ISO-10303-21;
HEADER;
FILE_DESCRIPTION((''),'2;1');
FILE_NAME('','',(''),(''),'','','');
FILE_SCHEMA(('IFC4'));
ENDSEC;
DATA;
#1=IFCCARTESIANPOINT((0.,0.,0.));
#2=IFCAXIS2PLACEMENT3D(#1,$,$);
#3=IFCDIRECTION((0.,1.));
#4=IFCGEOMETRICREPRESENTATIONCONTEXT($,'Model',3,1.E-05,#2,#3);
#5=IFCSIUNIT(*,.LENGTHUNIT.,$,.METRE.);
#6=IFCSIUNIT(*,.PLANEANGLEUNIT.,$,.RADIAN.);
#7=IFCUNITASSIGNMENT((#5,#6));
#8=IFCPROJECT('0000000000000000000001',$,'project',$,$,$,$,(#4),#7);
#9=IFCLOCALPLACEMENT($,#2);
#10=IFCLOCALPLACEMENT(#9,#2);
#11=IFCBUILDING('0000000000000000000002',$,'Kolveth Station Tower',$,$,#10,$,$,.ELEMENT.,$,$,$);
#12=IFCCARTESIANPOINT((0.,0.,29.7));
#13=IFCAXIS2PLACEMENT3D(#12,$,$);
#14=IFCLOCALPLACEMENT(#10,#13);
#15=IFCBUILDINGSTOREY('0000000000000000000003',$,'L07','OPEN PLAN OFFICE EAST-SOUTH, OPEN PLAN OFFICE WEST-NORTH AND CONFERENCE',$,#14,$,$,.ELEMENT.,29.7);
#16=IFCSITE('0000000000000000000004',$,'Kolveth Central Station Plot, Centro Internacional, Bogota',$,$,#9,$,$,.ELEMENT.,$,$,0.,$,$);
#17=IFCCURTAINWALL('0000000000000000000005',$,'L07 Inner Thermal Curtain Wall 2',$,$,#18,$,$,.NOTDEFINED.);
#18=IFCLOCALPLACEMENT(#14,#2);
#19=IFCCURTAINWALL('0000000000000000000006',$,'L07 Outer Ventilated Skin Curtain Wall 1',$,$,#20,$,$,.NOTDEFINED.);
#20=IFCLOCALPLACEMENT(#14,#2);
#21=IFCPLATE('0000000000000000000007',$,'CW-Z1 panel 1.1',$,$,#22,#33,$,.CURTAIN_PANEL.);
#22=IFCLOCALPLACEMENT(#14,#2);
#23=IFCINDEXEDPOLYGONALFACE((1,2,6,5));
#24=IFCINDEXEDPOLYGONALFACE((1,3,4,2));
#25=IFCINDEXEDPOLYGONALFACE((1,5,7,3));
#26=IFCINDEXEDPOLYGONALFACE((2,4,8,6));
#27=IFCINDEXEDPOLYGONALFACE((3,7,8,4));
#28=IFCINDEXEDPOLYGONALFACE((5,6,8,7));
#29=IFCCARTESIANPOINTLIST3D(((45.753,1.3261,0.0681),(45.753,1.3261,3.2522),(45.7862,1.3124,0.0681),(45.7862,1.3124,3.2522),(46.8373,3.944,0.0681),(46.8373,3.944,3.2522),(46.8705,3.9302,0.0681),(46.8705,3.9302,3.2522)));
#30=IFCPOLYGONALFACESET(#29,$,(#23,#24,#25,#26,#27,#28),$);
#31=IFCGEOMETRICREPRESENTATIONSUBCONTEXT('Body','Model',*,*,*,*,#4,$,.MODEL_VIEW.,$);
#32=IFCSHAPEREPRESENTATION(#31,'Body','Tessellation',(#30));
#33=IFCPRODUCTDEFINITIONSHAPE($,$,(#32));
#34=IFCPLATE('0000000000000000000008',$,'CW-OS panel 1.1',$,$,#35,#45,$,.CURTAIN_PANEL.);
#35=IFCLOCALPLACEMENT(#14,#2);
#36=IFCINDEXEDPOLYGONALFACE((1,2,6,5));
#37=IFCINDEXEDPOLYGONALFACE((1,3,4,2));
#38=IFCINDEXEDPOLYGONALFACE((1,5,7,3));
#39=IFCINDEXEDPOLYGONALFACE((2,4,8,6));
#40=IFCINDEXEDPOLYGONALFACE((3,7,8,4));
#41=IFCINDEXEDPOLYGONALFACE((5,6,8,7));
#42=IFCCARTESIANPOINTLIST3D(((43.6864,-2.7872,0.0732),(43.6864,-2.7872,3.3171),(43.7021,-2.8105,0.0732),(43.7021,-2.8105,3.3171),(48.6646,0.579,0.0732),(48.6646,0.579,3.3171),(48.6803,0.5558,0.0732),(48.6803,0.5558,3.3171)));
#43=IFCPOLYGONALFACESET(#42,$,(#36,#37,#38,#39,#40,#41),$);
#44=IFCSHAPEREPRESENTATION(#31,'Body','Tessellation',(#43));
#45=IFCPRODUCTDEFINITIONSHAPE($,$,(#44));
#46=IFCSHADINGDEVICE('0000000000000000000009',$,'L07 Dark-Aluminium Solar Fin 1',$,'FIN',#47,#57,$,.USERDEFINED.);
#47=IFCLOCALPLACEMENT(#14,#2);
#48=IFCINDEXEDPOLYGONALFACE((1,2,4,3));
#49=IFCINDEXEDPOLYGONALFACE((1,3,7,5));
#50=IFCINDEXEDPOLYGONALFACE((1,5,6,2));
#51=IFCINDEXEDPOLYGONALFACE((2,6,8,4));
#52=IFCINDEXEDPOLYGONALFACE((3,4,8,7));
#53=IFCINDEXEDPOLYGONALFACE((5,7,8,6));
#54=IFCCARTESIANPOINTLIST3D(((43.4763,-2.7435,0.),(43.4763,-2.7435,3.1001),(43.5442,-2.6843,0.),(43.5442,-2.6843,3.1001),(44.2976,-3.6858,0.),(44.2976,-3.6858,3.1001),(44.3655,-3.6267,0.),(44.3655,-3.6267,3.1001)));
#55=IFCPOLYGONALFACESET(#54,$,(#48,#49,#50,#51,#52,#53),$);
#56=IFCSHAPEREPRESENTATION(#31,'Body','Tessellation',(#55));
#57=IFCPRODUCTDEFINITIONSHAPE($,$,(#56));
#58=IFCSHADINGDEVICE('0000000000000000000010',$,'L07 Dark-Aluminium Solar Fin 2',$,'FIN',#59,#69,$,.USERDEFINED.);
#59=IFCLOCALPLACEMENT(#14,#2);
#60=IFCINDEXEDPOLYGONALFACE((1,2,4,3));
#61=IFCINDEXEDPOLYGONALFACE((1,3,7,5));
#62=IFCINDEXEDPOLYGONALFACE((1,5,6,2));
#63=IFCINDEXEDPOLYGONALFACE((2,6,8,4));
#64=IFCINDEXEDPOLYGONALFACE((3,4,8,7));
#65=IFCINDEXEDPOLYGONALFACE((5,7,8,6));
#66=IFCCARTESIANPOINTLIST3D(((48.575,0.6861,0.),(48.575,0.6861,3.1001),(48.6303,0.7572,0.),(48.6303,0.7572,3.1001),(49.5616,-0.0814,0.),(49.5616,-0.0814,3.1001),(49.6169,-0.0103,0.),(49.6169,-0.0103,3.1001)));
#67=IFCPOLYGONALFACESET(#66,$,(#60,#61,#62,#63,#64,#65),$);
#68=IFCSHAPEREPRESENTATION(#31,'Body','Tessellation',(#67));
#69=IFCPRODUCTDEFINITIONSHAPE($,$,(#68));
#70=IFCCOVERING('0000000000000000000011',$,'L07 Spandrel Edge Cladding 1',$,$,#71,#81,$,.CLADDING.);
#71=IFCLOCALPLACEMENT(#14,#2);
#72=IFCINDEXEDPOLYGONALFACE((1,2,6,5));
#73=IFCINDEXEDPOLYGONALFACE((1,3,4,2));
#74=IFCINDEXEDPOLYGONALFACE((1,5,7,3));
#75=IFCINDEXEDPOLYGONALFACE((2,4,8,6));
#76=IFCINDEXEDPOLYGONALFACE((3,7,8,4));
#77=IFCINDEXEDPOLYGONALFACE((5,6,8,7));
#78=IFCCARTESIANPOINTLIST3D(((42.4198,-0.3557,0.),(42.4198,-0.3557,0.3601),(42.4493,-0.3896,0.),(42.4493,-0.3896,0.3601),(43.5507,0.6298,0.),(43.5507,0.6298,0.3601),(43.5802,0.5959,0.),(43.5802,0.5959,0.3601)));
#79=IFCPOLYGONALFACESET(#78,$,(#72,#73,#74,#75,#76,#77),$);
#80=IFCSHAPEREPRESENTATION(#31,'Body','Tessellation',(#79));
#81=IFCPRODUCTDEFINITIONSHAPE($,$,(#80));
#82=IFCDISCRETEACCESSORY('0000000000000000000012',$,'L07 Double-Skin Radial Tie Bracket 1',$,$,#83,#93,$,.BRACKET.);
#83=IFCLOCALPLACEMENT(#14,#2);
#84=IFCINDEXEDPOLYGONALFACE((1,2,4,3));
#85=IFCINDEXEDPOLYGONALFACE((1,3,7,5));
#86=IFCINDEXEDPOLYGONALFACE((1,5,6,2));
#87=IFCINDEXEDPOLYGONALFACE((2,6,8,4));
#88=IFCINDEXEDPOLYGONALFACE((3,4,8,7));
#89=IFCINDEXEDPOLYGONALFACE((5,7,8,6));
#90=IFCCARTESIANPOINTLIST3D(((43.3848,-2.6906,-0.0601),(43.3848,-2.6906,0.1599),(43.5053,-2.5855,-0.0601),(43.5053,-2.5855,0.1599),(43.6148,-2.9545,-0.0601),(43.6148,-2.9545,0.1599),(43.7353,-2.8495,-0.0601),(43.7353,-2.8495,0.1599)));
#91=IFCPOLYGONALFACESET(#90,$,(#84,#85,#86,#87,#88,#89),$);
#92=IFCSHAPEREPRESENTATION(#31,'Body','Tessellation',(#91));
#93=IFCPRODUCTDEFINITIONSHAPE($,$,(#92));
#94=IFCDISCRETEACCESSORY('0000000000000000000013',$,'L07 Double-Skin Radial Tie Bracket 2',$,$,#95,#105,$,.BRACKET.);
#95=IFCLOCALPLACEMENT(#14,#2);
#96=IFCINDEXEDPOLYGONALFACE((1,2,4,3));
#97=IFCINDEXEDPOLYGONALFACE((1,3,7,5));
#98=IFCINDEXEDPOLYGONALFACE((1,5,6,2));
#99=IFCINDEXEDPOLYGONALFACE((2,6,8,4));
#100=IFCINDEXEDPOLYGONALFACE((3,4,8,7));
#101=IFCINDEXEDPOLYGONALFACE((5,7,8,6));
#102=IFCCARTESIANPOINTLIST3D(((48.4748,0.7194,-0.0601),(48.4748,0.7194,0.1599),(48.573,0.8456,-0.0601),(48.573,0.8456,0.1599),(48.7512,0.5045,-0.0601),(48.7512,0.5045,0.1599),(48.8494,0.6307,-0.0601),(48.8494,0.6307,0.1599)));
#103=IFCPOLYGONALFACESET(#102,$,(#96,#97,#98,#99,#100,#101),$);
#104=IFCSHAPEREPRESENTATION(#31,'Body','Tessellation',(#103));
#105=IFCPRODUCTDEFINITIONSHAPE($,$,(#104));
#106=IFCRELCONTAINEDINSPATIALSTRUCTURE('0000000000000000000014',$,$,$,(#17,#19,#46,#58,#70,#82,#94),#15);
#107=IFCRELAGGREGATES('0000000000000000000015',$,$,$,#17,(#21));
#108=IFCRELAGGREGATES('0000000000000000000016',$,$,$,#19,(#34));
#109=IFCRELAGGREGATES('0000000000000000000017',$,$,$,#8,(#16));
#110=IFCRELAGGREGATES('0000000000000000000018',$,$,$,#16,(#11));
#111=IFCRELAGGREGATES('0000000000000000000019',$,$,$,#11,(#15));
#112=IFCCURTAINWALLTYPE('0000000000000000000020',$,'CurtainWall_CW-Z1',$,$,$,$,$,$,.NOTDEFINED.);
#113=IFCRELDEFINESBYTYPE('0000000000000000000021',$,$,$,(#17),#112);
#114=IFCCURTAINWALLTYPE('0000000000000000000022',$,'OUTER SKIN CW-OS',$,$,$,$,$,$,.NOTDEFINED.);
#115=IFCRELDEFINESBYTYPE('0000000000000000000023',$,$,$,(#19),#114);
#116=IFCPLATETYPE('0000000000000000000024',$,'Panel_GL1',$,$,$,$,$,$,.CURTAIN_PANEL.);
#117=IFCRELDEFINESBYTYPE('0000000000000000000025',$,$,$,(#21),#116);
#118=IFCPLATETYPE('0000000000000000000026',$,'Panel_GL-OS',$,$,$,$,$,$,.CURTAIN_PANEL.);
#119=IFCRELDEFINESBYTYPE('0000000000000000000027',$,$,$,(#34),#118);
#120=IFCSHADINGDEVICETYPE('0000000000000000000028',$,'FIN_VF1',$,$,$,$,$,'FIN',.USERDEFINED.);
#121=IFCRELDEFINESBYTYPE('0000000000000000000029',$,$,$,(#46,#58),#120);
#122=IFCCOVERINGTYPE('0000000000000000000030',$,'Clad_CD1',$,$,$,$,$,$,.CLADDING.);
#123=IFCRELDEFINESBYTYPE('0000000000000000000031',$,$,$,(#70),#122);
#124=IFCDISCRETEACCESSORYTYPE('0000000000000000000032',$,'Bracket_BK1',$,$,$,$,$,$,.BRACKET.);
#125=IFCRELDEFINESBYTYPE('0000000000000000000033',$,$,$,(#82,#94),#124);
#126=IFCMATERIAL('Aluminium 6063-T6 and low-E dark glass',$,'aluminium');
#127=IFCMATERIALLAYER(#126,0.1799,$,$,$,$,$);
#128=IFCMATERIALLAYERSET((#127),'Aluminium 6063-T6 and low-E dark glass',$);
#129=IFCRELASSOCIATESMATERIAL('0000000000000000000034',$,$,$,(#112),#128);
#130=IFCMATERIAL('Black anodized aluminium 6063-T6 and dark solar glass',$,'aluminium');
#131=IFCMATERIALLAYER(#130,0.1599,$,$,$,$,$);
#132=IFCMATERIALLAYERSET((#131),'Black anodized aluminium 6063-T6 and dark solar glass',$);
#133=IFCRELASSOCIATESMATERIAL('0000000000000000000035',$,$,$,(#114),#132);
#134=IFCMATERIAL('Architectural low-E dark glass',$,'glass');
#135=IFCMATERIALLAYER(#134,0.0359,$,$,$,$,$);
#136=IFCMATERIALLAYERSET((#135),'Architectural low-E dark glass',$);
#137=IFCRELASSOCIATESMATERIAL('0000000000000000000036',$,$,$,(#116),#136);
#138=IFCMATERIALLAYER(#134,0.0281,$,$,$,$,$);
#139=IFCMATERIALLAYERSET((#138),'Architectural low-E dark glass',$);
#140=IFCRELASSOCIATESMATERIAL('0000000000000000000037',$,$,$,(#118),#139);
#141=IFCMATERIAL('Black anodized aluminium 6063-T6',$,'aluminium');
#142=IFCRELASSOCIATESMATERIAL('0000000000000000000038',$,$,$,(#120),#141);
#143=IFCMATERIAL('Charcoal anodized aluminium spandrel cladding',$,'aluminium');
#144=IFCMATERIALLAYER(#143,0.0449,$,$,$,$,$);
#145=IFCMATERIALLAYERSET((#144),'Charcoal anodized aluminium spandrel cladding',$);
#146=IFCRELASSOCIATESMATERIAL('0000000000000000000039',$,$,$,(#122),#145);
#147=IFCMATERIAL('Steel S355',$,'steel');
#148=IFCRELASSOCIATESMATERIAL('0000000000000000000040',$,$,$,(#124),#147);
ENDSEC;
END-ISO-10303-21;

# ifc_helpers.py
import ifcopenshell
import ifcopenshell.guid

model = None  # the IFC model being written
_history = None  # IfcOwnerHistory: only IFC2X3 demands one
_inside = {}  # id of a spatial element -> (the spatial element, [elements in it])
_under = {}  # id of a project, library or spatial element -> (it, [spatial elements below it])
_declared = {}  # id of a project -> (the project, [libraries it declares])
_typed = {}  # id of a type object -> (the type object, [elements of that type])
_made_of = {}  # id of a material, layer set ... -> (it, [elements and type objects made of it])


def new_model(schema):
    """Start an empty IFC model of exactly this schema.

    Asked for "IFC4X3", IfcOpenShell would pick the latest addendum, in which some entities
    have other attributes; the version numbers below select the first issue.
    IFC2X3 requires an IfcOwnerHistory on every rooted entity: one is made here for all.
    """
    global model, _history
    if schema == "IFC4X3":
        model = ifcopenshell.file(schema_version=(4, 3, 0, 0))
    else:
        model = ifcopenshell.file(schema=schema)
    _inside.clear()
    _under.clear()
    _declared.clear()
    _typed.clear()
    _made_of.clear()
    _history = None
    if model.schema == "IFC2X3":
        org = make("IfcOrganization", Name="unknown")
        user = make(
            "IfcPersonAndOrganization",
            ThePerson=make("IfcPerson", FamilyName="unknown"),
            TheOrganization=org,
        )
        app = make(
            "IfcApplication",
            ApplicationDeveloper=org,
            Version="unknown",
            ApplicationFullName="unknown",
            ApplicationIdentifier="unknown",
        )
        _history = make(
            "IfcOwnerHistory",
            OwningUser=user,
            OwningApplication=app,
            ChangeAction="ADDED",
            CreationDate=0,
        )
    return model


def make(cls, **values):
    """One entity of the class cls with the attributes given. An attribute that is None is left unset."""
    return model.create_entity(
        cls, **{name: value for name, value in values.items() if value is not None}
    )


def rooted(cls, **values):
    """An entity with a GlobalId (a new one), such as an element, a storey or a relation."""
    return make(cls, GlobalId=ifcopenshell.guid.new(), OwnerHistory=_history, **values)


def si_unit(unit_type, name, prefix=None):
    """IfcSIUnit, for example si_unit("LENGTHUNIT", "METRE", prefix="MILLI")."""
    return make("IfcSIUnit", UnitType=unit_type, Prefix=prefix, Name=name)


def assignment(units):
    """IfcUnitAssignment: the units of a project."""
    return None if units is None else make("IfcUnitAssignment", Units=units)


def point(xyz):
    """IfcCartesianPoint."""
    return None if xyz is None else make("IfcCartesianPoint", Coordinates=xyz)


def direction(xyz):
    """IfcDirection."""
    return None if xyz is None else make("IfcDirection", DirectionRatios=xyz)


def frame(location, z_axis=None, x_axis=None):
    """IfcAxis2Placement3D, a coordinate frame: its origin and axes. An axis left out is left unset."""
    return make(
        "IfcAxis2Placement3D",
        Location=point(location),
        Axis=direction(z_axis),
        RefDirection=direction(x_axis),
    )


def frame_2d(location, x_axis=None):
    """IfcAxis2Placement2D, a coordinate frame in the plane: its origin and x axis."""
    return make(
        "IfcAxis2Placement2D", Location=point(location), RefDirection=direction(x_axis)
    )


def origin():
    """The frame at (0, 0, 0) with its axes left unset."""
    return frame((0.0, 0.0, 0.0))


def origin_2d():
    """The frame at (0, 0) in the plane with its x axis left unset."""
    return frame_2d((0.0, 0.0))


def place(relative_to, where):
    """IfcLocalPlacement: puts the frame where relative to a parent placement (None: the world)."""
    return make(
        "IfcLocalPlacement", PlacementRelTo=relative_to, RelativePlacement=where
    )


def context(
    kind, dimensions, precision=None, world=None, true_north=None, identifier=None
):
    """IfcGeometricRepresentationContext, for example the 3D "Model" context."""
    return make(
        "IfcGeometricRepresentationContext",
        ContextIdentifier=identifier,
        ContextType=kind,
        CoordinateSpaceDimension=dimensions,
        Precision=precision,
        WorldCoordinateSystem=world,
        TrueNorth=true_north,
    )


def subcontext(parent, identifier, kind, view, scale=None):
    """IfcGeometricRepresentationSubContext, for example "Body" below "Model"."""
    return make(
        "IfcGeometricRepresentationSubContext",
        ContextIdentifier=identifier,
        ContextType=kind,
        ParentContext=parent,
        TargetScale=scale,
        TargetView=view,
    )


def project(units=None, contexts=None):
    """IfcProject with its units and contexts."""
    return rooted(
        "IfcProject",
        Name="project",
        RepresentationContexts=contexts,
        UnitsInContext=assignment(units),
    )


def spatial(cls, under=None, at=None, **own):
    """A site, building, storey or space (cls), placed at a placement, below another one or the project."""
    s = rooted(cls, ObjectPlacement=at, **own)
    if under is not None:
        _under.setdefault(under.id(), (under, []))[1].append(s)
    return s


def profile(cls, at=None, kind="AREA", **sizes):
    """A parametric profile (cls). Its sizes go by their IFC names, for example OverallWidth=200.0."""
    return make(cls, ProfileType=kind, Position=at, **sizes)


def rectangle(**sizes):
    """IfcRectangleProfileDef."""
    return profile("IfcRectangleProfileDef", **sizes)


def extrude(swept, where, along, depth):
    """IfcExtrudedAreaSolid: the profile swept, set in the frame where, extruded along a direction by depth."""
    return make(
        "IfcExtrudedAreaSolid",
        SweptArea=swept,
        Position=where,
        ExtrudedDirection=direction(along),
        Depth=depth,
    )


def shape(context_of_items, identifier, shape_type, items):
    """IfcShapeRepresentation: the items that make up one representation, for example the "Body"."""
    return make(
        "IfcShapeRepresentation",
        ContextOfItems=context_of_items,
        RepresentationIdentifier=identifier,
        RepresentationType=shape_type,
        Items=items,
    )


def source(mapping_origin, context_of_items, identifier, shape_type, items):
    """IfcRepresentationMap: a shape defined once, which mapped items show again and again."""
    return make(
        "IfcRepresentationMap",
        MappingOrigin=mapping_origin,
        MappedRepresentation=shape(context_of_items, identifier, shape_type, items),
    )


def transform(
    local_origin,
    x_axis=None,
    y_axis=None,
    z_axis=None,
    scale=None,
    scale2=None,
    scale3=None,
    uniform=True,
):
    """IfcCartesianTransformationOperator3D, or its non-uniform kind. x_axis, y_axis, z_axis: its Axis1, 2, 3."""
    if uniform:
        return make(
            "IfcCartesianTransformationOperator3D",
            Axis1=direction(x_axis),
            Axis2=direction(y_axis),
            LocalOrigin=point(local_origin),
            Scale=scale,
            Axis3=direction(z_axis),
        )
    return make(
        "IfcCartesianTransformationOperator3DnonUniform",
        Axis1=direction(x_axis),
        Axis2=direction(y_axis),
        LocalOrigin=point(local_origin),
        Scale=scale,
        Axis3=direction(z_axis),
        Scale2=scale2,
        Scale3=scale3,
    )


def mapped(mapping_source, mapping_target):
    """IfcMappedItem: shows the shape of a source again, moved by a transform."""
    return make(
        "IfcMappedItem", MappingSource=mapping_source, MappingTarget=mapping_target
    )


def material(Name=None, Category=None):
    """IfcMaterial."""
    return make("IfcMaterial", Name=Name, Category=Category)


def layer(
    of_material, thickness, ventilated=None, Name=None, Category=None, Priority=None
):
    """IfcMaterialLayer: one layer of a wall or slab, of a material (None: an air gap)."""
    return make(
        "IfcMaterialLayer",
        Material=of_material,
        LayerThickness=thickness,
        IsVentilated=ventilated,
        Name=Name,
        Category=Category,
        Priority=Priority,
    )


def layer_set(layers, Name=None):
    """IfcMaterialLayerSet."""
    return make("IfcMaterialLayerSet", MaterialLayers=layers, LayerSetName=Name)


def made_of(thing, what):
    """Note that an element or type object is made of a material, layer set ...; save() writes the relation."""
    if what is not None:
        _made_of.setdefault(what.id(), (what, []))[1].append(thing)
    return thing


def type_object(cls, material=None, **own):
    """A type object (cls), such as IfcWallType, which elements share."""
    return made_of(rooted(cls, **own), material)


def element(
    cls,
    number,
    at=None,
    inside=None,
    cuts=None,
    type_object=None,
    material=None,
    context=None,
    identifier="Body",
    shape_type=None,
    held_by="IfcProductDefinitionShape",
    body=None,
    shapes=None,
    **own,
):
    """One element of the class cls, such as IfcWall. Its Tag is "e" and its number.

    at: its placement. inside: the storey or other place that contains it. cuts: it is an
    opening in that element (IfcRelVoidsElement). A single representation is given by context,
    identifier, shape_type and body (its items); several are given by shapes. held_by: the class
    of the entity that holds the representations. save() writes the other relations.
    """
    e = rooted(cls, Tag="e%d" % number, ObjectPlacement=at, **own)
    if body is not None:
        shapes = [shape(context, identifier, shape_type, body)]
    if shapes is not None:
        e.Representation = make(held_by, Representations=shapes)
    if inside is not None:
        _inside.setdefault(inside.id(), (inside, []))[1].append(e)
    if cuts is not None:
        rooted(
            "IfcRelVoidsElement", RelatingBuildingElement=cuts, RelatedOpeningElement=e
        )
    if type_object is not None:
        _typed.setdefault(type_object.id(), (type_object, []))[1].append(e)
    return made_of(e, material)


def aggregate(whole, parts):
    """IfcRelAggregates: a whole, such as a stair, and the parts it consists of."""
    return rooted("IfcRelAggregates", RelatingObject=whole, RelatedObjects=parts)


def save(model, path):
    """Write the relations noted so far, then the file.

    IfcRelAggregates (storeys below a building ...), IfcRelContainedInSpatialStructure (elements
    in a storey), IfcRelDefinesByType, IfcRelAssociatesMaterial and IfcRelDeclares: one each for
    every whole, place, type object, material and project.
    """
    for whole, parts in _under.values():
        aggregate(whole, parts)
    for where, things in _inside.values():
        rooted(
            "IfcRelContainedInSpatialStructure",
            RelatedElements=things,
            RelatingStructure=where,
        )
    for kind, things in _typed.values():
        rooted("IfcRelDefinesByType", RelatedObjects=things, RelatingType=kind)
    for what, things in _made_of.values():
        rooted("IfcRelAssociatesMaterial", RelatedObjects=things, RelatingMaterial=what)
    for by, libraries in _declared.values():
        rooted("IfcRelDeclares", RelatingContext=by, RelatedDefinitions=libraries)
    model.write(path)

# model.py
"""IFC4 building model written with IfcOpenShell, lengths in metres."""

from ifc_helpers import new_model, si_unit, direction, frame, origin, origin_2d, place, context, subcontext, project, spatial, rectangle, extrude, source, transform, mapped, material, layer, layer_set, type_object, element, aggregate, save


model = new_model("IFC4")

# Units and contexts
model_context = context("Model", 3, precision=1e-05, world=origin(), true_north=direction((0.0, 1.0)))
body_context = subcontext(model_context, "Body", "Model", "MODEL_VIEW")
ifc_project = project(units=[si_unit("LENGTHUNIT", "METRE"), si_unit("PLANEANGLEUNIT", "RADIAN")], contexts=[model_context])

# Site, building, storey
site_placement = place(None, origin())
site = spatial("IfcSite", under=ifc_project, at=site_placement, Name="Kolveth Central Station Plot, Centro Internacional, Bogota", CompositionType="ELEMENT", RefElevation=0.0)
building_placement = place(site_placement, origin())
building = spatial("IfcBuilding", under=site, at=building_placement, Name="Kolveth Station Tower", CompositionType="ELEMENT")
storey_placement = place(building_placement, frame((0.0, 0.0, 29.7)))
storey = spatial("IfcBuildingStorey", under=building, at=storey_placement, Name="L07", Description="OPEN PLAN OFFICE EAST-SOUTH, OPEN PLAN OFFICE WEST-NORTH AND CONFERENCE", CompositionType="ELEMENT", Elevation=29.7)

# Shared definitions
ifc_material_1 = material(Name="Steel S355", Category="steel")

# Curtain wall
ifc_material_2 = material(Name="Aluminium 6063-T6 and low-E dark glass", Category="aluminium")
ifc_layer_1 = layer(ifc_material_2, 0.1799)
ifc_layer_set_1 = layer_set([ifc_layer_1], Name="Aluminium 6063-T6 and low-E dark glass")
curtain_wall_type_1 = type_object("IfcCurtainWallType", Name="CurtainWall_CW-Z1", PredefinedType="NOTDEFINED", material=ifc_layer_set_1)
ifc_material_3 = material(Name="Black anodized aluminium 6063-T6", Category="aluminium")
curtain_wall_1_placement = place(storey_placement, origin())
curtain_wall_1 = element("IfcCurtainWall", 1, at=curtain_wall_1_placement, inside=storey, type_object=curtain_wall_type_1, Name="L07 Inner Thermal Curtain Wall 2", PredefinedType="NOTDEFINED")

# Curtain wall
ifc_material_4 = material(Name="Black anodized aluminium 6063-T6 and dark solar glass", Category="aluminium")
ifc_layer_2 = layer(ifc_material_4, 0.1599)
ifc_layer_set_2 = layer_set([ifc_layer_2], Name="Black anodized aluminium 6063-T6 and dark solar glass")
curtain_wall_type_2 = type_object("IfcCurtainWallType", Name="OUTER SKIN CW-OS", PredefinedType="NOTDEFINED", material=ifc_layer_set_2)
curtain_wall_2_placement = place(storey_placement, origin())
curtain_wall_2 = element("IfcCurtainWall", 2, at=curtain_wall_2_placement, inside=storey, type_object=curtain_wall_type_2, Name="L07 Outer Ventilated Skin Curtain Wall 1", PredefinedType="NOTDEFINED")

# Plates
ifc_material_5 = material(Name="Architectural low-E dark glass", Category="glass")
ifc_layer_3 = layer(ifc_material_5, 0.0359)
ifc_layer_set_3 = layer_set([ifc_layer_3], Name="Architectural low-E dark glass")
plate_type_1 = type_object("IfcPlateType", Name="Panel_GL1", PredefinedType="CURTAIN_PANEL", material=ifc_layer_set_3)
shared_shape_1 = source(origin(), body_context, "Body", "SweptSolid", [
    extrude(rectangle(XDim=2.8335, YDim=0.0359, at=origin_2d()), origin(), (0.0, 0.0, 1.0), 3.1841),
])
plate_1_placement = place(storey_placement, frame((46.3118, 2.6282, 0.0681), z_axis=(0.0, 0.0, 1.0), x_axis=(0.382673, 0.923884, 0.0)))
plate_1 = element("IfcPlate", 3, at=plate_1_placement, type_object=plate_type_1, Name="CW-Z1 panel 1.1", PredefinedType="CURTAIN_PANEL", context=body_context, shape_type="MappedRepresentation", body=[
    mapped(shared_shape_1, transform((0.0, 0.0, 0.0), x_axis=(1.0, 0.0, 0.0), y_axis=(0.0, 1.0, 0.0), z_axis=(0.0, 0.0, 1.0), scale=1.0)),
])
aggregate(curtain_wall_1, [plate_1])
ifc_layer_4 = layer(ifc_material_5, 0.0281)
ifc_layer_set_4 = layer_set([ifc_layer_4], Name="Architectural low-E dark glass")
plate_type_2 = type_object("IfcPlateType", Name="Panel_GL-OS", PredefinedType="CURTAIN_PANEL", material=ifc_layer_set_4)
shared_shape_2 = source(origin(), body_context, "Body", "SweptSolid", [
    extrude(rectangle(XDim=6.0095, YDim=0.0281, at=origin_2d()), origin(), (0.0, 0.0, 1.0), 3.2439),
])
plate_2_placement = place(storey_placement, frame((46.1833, -1.1157, 0.0732), z_axis=(0.0, 0.0, 1.0), x_axis=(0.828388, 0.560155, 0.0)))
plate_2 = element("IfcPlate", 4, at=plate_2_placement, type_object=plate_type_2, Name="CW-OS panel 1.1", PredefinedType="CURTAIN_PANEL", context=body_context, shape_type="MappedRepresentation", body=[
    mapped(shared_shape_2, transform((0.0, 0.0, 0.0), x_axis=(1.0, 0.0, 0.0), y_axis=(0.0, 1.0, 0.0), z_axis=(0.0, 0.0, 1.0), scale=1.0)),
])
aggregate(curtain_wall_2, [plate_2])

# Shading devices
shading_device_type = type_object("IfcShadingDeviceType", Name="FIN_VF1", ElementType="FIN", PredefinedType="USERDEFINED", material=ifc_material_3)
shared_shape_3 = source(origin(), body_context, "Body", "SweptSolid", [
    extrude(rectangle(XDim=1.25, YDim=0.0901, at=origin_2d()), origin(), (0.0, 0.0, 1.0), 3.1001),
])
for number, where, z_axis, x_axis, name in (
    (5, (43.9209, -3.1851, 0.0), (0.0, 0.0, 1.0), (0.656981, -0.753907, 0.0), "L07 Dark-Aluminium Solar Fin 1"),
    (6, (49.0959, 0.3379, 0.0), (0.0, 0.0, 1.0), (0.789298, -0.61401, 0.0), "L07 Dark-Aluminium Solar Fin 2"),
):
    element("IfcShadingDevice", number, at=place(storey_placement, frame(where, z_axis=z_axis, x_axis=x_axis)), inside=storey, type_object=shading_device_type, Name=name, ObjectType="FIN", PredefinedType="USERDEFINED", context=body_context, shape_type="MappedRepresentation", body=[
        mapped(shared_shape_3, transform((0.0, 0.0, 0.0), x_axis=(1.0, 0.0, 0.0), y_axis=(0.0, 1.0, 0.0), z_axis=(0.0, 0.0, 1.0), scale=1.0)),
    ])

# Covering
ifc_material_6 = material(Name="Charcoal anodized aluminium spandrel cladding", Category="aluminium")
ifc_layer_5 = layer(ifc_material_6, 0.0449)
ifc_layer_set_5 = layer_set([ifc_layer_5], Name="Charcoal anodized aluminium spandrel cladding")
covering_type = type_object("IfcCoveringType", Name="Clad_CD1", PredefinedType="CLADDING", material=ifc_layer_set_5)
shared_shape_4 = source(origin(), body_context, "Body", "SweptSolid", [
    extrude(rectangle(XDim=1.5, YDim=0.0449, at=origin_2d()), origin(), (0.0, 0.0, 1.0), 0.3601),
])
covering_placement = place(storey_placement, frame((43.0, 0.1201, 0.0), z_axis=(0.0, 0.0, 1.0), x_axis=(0.753907, 0.656981, 0.0)))
element("IfcCovering", 7, at=covering_placement, inside=storey, type_object=covering_type, Name="L07 Spandrel Edge Cladding 1", PredefinedType="CLADDING", context=body_context, shape_type="MappedRepresentation", body=[
    mapped(shared_shape_4, transform((0.0, 0.0, 0.0), x_axis=(1.0, 0.0, 0.0), y_axis=(0.0, 1.0, 0.0), z_axis=(0.0, 0.0, 1.0), scale=1.0)),
])

# Discrete accessories
discrete_accessory_type = type_object("IfcDiscreteAccessoryType", Name="Bracket_BK1", PredefinedType="BRACKET", material=ifc_material_1)
shared_shape_5 = source(origin(), body_context, "Body", "SweptSolid", [
    extrude(rectangle(XDim=0.3501, YDim=0.1599, at=origin_2d()), origin(), (0.0, 0.0, 1.0), 0.22),
])
for number, where, z_axis, x_axis, name in (
    (8, (43.5601, -2.77, -0.0601), (0.0, 0.0, 1.0), (0.656981, -0.753907, 0.0), "L07 Double-Skin Radial Tie Bracket 1"),
    (9, (48.6621, 0.675, -0.0601), (0.0, 0.0, 1.0), (0.789298, -0.61401, 0.0), "L07 Double-Skin Radial Tie Bracket 2"),
):
    element("IfcDiscreteAccessory", number, at=place(storey_placement, frame(where, z_axis=z_axis, x_axis=x_axis)), inside=storey, type_object=discrete_accessory_type, Name=name, PredefinedType="BRACKET", context=body_context, shape_type="MappedRepresentation", body=[
        mapped(shared_shape_5, transform((0.0, 0.0, 0.0), x_axis=(1.0, 0.0, 0.0), y_axis=(0.0, 1.0, 0.0), z_axis=(0.0, 0.0, 1.0), scale=1.0)),
    ])

save(model, "model.ifc")
